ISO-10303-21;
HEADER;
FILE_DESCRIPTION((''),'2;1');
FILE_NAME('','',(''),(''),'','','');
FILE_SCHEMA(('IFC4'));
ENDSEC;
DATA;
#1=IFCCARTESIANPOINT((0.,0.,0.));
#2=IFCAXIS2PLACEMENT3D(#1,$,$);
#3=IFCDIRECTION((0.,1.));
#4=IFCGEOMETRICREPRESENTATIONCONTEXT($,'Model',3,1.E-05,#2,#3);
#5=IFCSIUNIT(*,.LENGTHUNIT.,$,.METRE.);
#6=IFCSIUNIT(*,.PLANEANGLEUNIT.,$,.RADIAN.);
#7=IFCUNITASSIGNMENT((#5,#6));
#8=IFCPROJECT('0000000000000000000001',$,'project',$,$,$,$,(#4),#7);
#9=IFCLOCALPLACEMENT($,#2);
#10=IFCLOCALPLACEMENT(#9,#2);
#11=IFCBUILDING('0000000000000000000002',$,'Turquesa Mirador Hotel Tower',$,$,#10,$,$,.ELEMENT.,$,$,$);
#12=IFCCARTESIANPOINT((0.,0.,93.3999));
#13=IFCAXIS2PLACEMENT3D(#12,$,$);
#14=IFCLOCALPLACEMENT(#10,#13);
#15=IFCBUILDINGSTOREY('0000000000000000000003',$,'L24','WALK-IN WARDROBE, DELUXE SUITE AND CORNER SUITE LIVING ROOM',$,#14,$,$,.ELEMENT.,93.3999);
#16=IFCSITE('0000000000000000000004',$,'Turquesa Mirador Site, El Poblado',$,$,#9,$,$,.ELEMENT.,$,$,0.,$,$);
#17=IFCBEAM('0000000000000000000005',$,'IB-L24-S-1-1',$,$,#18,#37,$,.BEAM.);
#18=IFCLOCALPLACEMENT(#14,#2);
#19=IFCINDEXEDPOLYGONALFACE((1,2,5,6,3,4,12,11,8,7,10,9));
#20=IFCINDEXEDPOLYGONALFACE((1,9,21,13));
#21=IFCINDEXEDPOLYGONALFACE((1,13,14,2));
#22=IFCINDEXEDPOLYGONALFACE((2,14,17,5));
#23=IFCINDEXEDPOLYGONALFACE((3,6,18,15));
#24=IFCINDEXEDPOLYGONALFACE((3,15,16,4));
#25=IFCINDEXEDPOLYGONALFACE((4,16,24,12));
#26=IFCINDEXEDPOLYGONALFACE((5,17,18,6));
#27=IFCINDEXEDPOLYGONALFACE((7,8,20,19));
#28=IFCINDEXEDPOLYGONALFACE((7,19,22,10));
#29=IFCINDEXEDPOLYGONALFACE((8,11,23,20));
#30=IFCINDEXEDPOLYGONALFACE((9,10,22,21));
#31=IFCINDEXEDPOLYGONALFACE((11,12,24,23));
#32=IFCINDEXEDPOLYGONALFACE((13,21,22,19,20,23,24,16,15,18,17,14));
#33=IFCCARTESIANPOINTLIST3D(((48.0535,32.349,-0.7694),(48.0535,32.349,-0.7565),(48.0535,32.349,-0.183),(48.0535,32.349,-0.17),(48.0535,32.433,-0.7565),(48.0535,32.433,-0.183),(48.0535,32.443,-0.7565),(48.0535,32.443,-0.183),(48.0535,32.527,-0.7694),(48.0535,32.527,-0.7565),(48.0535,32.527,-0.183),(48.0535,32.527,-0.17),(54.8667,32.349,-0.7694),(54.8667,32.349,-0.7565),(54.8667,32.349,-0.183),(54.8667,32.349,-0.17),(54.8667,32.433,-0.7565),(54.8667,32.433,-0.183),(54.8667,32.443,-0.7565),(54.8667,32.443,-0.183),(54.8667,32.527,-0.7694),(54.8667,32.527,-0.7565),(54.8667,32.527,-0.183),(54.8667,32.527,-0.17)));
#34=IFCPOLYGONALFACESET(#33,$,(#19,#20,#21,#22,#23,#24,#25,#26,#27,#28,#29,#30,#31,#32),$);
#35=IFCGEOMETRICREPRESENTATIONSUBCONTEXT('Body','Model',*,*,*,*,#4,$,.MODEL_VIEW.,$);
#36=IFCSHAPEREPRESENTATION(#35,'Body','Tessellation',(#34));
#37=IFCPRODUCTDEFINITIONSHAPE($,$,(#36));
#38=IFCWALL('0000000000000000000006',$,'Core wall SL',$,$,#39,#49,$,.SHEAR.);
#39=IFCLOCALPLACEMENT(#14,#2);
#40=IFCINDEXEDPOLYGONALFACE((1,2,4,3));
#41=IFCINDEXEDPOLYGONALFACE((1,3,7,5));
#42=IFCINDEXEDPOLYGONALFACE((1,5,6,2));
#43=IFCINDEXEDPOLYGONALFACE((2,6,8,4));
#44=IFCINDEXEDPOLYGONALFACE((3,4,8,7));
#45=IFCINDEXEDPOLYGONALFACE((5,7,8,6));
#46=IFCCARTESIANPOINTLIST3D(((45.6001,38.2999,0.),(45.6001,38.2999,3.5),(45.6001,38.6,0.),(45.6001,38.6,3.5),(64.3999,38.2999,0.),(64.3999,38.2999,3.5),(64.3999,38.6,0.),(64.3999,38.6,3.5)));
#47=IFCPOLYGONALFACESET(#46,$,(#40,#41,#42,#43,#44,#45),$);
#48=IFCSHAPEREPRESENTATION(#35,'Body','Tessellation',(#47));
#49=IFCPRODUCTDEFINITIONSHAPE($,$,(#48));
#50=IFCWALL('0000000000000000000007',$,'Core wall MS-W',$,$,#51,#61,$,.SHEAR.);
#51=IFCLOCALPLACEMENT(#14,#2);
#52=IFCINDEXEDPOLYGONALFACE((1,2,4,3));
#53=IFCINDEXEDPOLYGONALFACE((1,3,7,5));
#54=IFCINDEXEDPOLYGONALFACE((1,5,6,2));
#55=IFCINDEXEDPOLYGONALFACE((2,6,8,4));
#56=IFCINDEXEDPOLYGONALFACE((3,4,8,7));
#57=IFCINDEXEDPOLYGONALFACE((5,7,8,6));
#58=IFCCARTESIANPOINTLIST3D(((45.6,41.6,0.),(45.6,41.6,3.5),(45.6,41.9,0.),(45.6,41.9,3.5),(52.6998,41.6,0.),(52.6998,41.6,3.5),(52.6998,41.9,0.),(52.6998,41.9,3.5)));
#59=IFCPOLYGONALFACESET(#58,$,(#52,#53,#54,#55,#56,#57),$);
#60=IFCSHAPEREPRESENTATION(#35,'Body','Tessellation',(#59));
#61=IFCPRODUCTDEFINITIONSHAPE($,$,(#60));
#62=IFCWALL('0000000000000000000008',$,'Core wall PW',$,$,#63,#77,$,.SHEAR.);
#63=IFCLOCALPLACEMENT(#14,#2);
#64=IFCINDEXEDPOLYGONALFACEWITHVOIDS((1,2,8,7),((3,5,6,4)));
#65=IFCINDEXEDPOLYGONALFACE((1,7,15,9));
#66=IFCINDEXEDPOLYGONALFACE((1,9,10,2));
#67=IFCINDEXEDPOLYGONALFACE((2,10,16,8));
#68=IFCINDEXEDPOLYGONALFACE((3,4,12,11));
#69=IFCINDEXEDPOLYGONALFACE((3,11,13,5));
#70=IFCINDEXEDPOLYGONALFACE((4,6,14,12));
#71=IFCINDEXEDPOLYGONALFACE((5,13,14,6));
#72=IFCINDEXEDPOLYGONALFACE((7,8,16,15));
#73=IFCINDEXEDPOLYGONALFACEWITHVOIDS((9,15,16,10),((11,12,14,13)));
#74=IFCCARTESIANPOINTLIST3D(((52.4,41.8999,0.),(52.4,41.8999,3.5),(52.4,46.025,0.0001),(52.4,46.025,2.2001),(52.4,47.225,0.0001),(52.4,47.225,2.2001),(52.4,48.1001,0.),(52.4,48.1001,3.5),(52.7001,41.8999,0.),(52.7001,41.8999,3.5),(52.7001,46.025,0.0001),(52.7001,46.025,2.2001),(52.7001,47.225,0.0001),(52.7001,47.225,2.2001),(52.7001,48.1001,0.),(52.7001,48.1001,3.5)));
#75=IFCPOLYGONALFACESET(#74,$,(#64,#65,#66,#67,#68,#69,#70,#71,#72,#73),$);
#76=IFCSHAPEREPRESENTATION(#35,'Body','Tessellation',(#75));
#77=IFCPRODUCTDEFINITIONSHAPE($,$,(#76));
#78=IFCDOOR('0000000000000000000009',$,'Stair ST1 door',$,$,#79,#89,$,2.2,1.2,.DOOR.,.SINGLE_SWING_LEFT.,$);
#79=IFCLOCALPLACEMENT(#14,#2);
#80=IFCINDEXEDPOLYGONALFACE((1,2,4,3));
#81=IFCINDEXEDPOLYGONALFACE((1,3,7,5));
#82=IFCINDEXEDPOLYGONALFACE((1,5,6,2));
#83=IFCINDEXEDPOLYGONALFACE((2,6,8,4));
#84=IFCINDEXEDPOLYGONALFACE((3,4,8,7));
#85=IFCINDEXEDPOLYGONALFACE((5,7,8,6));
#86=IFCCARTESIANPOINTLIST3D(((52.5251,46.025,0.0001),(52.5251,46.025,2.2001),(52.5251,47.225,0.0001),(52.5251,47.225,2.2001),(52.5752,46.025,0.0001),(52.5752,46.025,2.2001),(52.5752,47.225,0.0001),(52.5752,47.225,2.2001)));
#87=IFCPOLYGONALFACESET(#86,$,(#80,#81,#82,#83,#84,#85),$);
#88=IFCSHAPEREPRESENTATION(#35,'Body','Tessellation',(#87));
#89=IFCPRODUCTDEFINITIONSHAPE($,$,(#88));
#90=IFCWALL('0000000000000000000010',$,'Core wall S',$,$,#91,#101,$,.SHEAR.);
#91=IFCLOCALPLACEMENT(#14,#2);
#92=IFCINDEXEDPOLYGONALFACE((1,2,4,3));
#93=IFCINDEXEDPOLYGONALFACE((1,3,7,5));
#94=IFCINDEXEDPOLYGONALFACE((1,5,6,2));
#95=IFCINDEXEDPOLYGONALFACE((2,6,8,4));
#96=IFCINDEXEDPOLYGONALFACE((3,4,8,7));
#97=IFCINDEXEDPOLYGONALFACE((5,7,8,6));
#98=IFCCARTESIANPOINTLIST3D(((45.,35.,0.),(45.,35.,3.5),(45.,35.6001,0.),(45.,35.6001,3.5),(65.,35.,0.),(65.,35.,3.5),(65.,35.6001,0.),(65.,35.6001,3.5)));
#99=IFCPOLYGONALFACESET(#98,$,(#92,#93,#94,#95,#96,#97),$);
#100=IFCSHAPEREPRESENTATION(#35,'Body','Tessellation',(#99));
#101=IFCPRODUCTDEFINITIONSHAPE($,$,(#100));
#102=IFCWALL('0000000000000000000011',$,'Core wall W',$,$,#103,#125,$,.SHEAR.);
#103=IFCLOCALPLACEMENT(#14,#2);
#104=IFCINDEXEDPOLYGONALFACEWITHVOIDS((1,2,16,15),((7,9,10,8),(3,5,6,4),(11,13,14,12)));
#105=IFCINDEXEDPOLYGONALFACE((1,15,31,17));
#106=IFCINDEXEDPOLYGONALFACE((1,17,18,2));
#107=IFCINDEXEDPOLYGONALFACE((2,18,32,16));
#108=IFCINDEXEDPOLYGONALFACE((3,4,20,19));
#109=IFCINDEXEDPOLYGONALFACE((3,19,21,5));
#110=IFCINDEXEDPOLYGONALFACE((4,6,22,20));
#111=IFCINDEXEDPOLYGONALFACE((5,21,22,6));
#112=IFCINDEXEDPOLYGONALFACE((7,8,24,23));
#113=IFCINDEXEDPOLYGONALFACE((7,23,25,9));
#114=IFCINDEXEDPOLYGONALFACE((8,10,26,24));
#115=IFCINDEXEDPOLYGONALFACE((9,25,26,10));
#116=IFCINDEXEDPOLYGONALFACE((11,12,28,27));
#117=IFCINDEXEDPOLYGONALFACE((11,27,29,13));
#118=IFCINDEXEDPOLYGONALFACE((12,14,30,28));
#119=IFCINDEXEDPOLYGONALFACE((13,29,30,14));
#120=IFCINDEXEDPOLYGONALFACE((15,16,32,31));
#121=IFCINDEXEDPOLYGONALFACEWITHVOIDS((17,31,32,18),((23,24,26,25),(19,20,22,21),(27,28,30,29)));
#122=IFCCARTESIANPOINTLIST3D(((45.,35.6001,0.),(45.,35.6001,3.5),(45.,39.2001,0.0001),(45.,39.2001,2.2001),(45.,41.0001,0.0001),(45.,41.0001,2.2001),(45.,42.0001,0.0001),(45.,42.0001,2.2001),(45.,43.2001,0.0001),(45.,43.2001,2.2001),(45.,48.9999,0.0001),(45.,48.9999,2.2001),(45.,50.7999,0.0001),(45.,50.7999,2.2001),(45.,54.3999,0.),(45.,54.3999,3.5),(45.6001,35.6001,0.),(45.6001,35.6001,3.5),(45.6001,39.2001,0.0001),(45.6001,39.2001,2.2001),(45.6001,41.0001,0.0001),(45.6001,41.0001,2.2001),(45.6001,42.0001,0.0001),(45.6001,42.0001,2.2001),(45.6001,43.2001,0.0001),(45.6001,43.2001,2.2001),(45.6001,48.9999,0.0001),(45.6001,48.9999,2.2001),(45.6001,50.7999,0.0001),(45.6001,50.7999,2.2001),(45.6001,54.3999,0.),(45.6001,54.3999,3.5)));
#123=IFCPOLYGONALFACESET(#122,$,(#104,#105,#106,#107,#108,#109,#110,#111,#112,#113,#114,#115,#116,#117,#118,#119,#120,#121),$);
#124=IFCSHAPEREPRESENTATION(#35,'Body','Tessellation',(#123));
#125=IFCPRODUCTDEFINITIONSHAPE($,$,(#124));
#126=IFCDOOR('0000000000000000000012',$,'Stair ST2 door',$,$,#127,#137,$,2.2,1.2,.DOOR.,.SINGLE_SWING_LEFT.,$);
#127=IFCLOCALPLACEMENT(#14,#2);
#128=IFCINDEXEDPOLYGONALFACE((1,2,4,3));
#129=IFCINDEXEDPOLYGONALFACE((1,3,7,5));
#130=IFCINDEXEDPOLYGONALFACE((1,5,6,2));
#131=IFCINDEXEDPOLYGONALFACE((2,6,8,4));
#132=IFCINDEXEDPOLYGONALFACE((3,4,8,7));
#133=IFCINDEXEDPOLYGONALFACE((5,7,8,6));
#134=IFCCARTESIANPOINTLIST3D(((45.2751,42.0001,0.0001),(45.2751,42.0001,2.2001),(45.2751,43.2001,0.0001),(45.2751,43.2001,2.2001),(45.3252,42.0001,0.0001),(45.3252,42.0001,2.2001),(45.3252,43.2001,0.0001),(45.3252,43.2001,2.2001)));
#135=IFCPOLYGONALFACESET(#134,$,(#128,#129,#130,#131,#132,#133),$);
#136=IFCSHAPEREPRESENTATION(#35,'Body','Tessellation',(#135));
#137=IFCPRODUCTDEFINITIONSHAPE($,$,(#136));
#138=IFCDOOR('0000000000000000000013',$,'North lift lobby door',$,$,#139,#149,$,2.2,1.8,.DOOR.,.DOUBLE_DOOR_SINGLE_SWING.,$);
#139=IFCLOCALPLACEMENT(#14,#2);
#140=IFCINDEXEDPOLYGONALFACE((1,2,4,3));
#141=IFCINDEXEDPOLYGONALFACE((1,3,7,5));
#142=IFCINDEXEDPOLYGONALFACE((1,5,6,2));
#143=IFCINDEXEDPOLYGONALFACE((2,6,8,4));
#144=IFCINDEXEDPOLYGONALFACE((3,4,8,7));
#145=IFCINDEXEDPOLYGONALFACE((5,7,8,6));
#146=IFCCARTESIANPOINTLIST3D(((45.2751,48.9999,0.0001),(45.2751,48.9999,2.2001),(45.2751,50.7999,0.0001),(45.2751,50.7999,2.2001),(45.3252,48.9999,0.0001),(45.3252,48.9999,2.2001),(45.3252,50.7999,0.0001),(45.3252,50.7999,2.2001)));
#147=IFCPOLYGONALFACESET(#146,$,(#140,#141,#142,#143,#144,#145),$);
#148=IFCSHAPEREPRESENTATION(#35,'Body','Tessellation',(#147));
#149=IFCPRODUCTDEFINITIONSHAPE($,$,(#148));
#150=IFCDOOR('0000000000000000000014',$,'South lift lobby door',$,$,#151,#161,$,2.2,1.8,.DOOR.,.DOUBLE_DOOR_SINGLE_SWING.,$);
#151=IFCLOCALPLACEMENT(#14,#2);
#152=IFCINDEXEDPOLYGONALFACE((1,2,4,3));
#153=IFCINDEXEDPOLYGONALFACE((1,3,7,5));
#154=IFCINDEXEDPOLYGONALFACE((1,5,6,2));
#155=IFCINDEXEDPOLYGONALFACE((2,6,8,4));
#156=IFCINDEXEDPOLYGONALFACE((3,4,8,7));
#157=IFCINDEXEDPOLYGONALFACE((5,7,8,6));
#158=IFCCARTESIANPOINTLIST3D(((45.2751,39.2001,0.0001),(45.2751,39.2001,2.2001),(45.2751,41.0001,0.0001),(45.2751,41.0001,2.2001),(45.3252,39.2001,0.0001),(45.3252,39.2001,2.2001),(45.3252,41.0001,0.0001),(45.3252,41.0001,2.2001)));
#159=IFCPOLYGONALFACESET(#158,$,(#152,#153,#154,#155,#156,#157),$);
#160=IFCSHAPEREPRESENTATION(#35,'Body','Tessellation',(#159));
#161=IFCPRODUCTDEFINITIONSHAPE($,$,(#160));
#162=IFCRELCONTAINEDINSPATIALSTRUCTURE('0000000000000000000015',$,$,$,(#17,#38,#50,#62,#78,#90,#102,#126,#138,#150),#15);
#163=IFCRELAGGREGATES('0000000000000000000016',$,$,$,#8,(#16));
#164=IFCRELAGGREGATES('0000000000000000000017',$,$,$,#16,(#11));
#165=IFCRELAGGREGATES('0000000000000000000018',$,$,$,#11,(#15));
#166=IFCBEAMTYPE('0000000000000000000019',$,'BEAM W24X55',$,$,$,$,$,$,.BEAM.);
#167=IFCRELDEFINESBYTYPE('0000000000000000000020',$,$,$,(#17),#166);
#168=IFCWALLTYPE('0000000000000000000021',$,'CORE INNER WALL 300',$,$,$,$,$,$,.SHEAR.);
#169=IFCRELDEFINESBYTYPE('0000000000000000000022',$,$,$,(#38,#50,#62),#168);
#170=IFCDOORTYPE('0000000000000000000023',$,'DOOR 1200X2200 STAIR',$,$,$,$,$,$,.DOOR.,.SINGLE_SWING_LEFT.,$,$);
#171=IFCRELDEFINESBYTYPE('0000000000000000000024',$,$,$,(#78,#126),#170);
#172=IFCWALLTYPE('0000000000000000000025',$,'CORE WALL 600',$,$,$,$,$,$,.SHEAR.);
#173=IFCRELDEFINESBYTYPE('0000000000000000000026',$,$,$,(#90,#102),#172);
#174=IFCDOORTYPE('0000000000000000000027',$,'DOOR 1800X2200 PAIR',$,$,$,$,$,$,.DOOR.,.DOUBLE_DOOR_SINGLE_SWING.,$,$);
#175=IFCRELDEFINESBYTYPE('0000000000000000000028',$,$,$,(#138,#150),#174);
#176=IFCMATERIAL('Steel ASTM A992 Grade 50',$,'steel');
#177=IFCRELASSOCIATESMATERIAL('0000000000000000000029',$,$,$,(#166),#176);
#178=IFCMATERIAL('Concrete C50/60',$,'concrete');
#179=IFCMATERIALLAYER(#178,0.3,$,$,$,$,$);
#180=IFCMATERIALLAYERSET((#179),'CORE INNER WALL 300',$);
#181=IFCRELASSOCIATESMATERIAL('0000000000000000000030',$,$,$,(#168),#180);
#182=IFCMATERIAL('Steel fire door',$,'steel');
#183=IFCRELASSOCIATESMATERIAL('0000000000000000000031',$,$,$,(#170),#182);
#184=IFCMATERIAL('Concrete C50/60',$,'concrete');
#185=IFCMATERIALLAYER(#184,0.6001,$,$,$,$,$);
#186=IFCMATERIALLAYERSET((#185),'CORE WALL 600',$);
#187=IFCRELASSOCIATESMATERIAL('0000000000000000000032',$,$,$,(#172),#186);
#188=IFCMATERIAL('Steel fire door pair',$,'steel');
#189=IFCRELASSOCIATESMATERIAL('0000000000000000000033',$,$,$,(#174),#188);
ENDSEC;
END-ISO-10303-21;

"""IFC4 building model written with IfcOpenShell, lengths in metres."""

from ifc_helpers import new_model, si_unit, direction, frame, frame_2d, origin, origin_2d, place, context, subcontext, project, spatial, rectangle, i_section, extrude, material, layer, layer_set, material_profile, profile_set, type_object, element, fill, save


model = new_model("IFC4")

# Units and contexts
model_context = context("Model", 3, precision=1e-05, world=origin(), true_north=direction((0.0, 1.0)))
body_context = subcontext(model_context, "Body", "Model", "MODEL_VIEW")
ifc_project = project(units=[si_unit("LENGTHUNIT", "METRE"), si_unit("PLANEANGLEUNIT", "RADIAN")], contexts=[model_context])

# Site, building, storey
site_placement = place(None, origin())
site = spatial("IfcSite", under=ifc_project, at=site_placement, Name="Turquesa Mirador Site, El Poblado", CompositionType="ELEMENT", RefElevation=0.0)
building_placement = place(site_placement, origin())
building = spatial("IfcBuilding", under=site, at=building_placement, Name="Turquesa Mirador Hotel Tower", CompositionType="ELEMENT")
storey_placement = place(building_placement, frame((0.0, 0.0, 93.3999)))
storey = spatial("IfcBuildingStorey", under=building, at=storey_placement, Name="L24", Description="WALK-IN WARDROBE, DELUXE SUITE AND CORNER SUITE LIVING ROOM", CompositionType="ELEMENT", Elevation=93.3999)

# Beam
ifc_material_1 = material(Name="Steel ASTM A992 Grade 50", Category="steel")
ifc_material_profile = material_profile(ifc_material_1, i_section(OverallWidth=0.178, OverallDepth=0.5994, WebThickness=0.01, FlangeThickness=0.0129, at=origin_2d()), Name="W24X55")
ifc_profile_set = profile_set([ifc_material_profile], Name="Steel ASTM A992 Grade 50")
beam_type = type_object("IfcBeamType", Name="BEAM W24X55", PredefinedType="BEAM", material=ifc_profile_set)
beam_placement = place(storey_placement, frame((48.0535, 32.438, -0.4697), z_axis=(1.0, 0.0, 0.0), x_axis=(0.0, 1.0, 0.0)))
element("IfcBeam", 1, at=beam_placement, inside=storey, type_object=beam_type, Name="IB-L24-S-1-1", PredefinedType="BEAM", context=body_context, shape_type="SweptSolid", body=[
    extrude(i_section(OverallWidth=0.178, OverallDepth=0.5994, WebThickness=0.01, FlangeThickness=0.0129, at=origin_2d()), origin(), (0.0, 0.0, 1.0), 6.8132),
])

# Walls
ifc_material_2 = material(Name="Concrete C50/60", Category="concrete")
ifc_layer_1 = layer(ifc_material_2, 0.3)
ifc_layer_set_1 = layer_set([ifc_layer_1], Name="CORE INNER WALL 300")
wall_type_1 = type_object("IfcWallType", Name="CORE INNER WALL 300", PredefinedType="SHEAR", material=ifc_layer_set_1)
wall_1_placement = place(storey_placement, frame((45.6001, 38.45, 0.0), z_axis=(0.0, 0.0, 1.0), x_axis=(1.0, 0.0, 0.0)))
element("IfcWall", 2, at=wall_1_placement, inside=storey, type_object=wall_type_1, Name="Core wall SL", PredefinedType="SHEAR", context=body_context, shape_type="SweptSolid", body=[
    extrude(rectangle(XDim=18.7998, YDim=0.3, at=frame_2d((9.3999, 0.0))), origin(), (0.0, 0.0, 1.0), 3.5),
])
wall_2_placement = place(storey_placement, frame((45.6001, 41.75, 0.0), z_axis=(0.0, 0.0, 1.0), x_axis=(1.0, 0.0, 0.0)))
element("IfcWall", 3, at=wall_2_placement, inside=storey, type_object=wall_type_1, Name="Core wall MS-W", PredefinedType="SHEAR", context=body_context, shape_type="SweptSolid", body=[
    extrude(rectangle(XDim=7.0999, YDim=0.3, at=frame_2d((3.5498, 0.0))), origin(), (0.0, 0.0, 1.0), 3.5),
])

# Wall, opening, door
wall_3_placement = place(storey_placement, frame((52.55, 41.8999, 0.0), z_axis=(0.0, 0.0, 1.0), x_axis=(0.0, 1.0, 0.0)))
wall_3 = element("IfcWall", 4, at=wall_3_placement, inside=storey, type_object=wall_type_1, Name="Core wall PW", PredefinedType="SHEAR", context=body_context, shape_type="SweptSolid", body=[
    extrude(rectangle(XDim=6.2002, YDim=0.3, at=frame_2d((3.1001, 0.0))), origin(), (0.0, 0.0, 1.0), 3.5),
])
opening_1_placement = place(wall_3_placement, frame((4.125, 0.0, 0.0)))
opening_1 = element("IfcOpeningElement", 5, at=opening_1_placement, cuts=wall_3, PredefinedType="OPENING", context=body_context, shape_type="SweptSolid", body=[
    extrude(rectangle(XDim=1.2, YDim=2.2, at=frame_2d((0.6001, 1.1001))), frame((0.0, 0.1599, 0.0), z_axis=(0.0, -1.0, 0.0), x_axis=(1.0, 0.0, 0.0)), (0.0, 0.0, 1.0), 0.3201),
])
ifc_material_3 = material(Name="Steel fire door", Category="steel")
door_type_1 = type_object("IfcDoorType", Name="DOOR 1200X2200 STAIR", OperationType="SINGLE_SWING_LEFT", PredefinedType="DOOR", material=ifc_material_3)
door_1_placement = place(opening_1_placement, origin())
door_1 = element("IfcDoor", 6, at=door_1_placement, inside=storey, type_object=door_type_1, Name="Stair ST1 door", OperationType="SINGLE_SWING_LEFT", OverallHeight=2.2, OverallWidth=1.2, PredefinedType="DOOR", context=body_context, shape_type="SweptSolid", body=[
    extrude(rectangle(XDim=1.2, YDim=2.2, at=frame_2d((0.6001, 1.1001))), frame((0.0, 0.0249, 0.0), z_axis=(0.0, -1.0, 0.0), x_axis=(1.0, 0.0, 0.0)), (0.0, 0.0, 1.0), 0.05),
])
fill(opening_1, door_1)

# Wall
ifc_material_4 = material(Name="Concrete C50/60", Category="concrete")
ifc_layer_2 = layer(ifc_material_4, 0.6001)
ifc_layer_set_2 = layer_set([ifc_layer_2], Name="CORE WALL 600")
wall_type_2 = type_object("IfcWallType", Name="CORE WALL 600", PredefinedType="SHEAR", material=ifc_layer_set_2)
wall_4_placement = place(storey_placement, frame((45.0, 35.3, 0.0), z_axis=(0.0, 0.0, 1.0), x_axis=(1.0, 0.0, 0.0)))
element("IfcWall", 7, at=wall_4_placement, inside=storey, type_object=wall_type_2, Name="Core wall S", PredefinedType="SHEAR", context=body_context, shape_type="SweptSolid", body=[
    extrude(rectangle(XDim=20.0, YDim=0.6001, at=frame_2d((10.0, 0.0))), origin(), (0.0, 0.0, 1.0), 3.5),
])

# Wall, openings, doors
wall_5_placement = place(storey_placement, frame((45.3, 35.6001, 0.0), z_axis=(0.0, 0.0, 1.0), x_axis=(0.0, 1.0, 0.0)))
wall_5 = element("IfcWall", 8, at=wall_5_placement, inside=storey, type_object=wall_type_2, Name="Core wall W", PredefinedType="SHEAR", context=body_context, shape_type="SweptSolid", body=[
    extrude(rectangle(XDim=18.7998, YDim=0.6001, at=frame_2d((9.3999, 0.0))), origin(), (0.0, 0.0, 1.0), 3.5),
])
opening_2_placement = place(wall_5_placement, frame((13.3999, 0.0, 0.0)))
opening_2 = element("IfcOpeningElement", 9, at=opening_2_placement, cuts=wall_5, PredefinedType="OPENING", context=body_context, shape_type="SweptSolid", body=[
    extrude(rectangle(XDim=1.8, YDim=2.2, at=frame_2d((0.8999, 1.1001))), frame((0.0, 0.3101, 0.0), z_axis=(0.0, -1.0, 0.0), x_axis=(1.0, 0.0, 0.0)), (0.0, 0.0, 1.0), 0.6201),
])
opening_3_placement = place(wall_5_placement, frame((3.6001, 0.0, 0.0)))
opening_3 = element("IfcOpeningElement", 10, at=opening_3_placement, cuts=wall_5, PredefinedType="OPENING", context=body_context, shape_type="SweptSolid", body=[
    extrude(rectangle(XDim=1.8, YDim=2.2, at=frame_2d((0.8999, 1.1001))), frame((0.0, 0.3101, 0.0), z_axis=(0.0, -1.0, 0.0), x_axis=(1.0, 0.0, 0.0)), (0.0, 0.0, 1.0), 0.6201),
])
opening_4_placement = place(wall_5_placement, frame((6.3999, 0.0, 0.0)))
opening_4 = element("IfcOpeningElement", 11, at=opening_4_placement, cuts=wall_5, PredefinedType="OPENING", context=body_context, shape_type="SweptSolid", body=[
    extrude(rectangle(XDim=1.2, YDim=2.2, at=frame_2d((0.6001, 1.1001))), frame((0.0, 0.3101, 0.0), z_axis=(0.0, -1.0, 0.0), x_axis=(1.0, 0.0, 0.0)), (0.0, 0.0, 1.0), 0.6201),
])
door_2_placement = place(opening_4_placement, origin())
door_2 = element("IfcDoor", 12, at=door_2_placement, inside=storey, type_object=door_type_1, Name="Stair ST2 door", OperationType="SINGLE_SWING_LEFT", OverallHeight=2.2, OverallWidth=1.2, PredefinedType="DOOR", context=body_context, shape_type="SweptSolid", body=[
    extrude(rectangle(XDim=1.2, YDim=2.2, at=frame_2d((0.6001, 1.1001))), frame((0.0, 0.0249, 0.0), z_axis=(0.0, -1.0, 0.0), x_axis=(1.0, 0.0, 0.0)), (0.0, 0.0, 1.0), 0.05),
])
fill(opening_4, door_2)
ifc_material_5 = material(Name="Steel fire door pair", Category="steel")
door_type_2 = type_object("IfcDoorType", Name="DOOR 1800X2200 PAIR", OperationType="DOUBLE_DOOR_SINGLE_SWING", PredefinedType="DOOR", material=ifc_material_5)
door_3_placement = place(opening_2_placement, origin())
door_3 = element("IfcDoor", 13, at=door_3_placement, inside=storey, type_object=door_type_2, Name="North lift lobby door", OperationType="DOUBLE_DOOR_SINGLE_SWING", OverallHeight=2.2, OverallWidth=1.8, PredefinedType="DOOR", context=body_context, shape_type="SweptSolid", body=[
    extrude(rectangle(XDim=1.8, YDim=2.2, at=frame_2d((0.8999, 1.1001))), frame((0.0, 0.0249, 0.0), z_axis=(0.0, -1.0, 0.0), x_axis=(1.0, 0.0, 0.0)), (0.0, 0.0, 1.0), 0.05),
])
fill(opening_2, door_3)
door_4_placement = place(opening_3_placement, origin())
door_4 = element("IfcDoor", 14, at=door_4_placement, inside=storey, type_object=door_type_2, Name="South lift lobby door", OperationType="DOUBLE_DOOR_SINGLE_SWING", OverallHeight=2.2, OverallWidth=1.8, PredefinedType="DOOR", context=body_context, shape_type="SweptSolid", body=[
    extrude(rectangle(XDim=1.8, YDim=2.2, at=frame_2d((0.8999, 1.1001))), frame((0.0, 0.0249, 0.0), z_axis=(0.0, -1.0, 0.0), x_axis=(1.0, 0.0, 0.0)), (0.0, 0.0, 1.0), 0.05),
])
fill(opening_3, door_4)

save(model, "model.ifc")
